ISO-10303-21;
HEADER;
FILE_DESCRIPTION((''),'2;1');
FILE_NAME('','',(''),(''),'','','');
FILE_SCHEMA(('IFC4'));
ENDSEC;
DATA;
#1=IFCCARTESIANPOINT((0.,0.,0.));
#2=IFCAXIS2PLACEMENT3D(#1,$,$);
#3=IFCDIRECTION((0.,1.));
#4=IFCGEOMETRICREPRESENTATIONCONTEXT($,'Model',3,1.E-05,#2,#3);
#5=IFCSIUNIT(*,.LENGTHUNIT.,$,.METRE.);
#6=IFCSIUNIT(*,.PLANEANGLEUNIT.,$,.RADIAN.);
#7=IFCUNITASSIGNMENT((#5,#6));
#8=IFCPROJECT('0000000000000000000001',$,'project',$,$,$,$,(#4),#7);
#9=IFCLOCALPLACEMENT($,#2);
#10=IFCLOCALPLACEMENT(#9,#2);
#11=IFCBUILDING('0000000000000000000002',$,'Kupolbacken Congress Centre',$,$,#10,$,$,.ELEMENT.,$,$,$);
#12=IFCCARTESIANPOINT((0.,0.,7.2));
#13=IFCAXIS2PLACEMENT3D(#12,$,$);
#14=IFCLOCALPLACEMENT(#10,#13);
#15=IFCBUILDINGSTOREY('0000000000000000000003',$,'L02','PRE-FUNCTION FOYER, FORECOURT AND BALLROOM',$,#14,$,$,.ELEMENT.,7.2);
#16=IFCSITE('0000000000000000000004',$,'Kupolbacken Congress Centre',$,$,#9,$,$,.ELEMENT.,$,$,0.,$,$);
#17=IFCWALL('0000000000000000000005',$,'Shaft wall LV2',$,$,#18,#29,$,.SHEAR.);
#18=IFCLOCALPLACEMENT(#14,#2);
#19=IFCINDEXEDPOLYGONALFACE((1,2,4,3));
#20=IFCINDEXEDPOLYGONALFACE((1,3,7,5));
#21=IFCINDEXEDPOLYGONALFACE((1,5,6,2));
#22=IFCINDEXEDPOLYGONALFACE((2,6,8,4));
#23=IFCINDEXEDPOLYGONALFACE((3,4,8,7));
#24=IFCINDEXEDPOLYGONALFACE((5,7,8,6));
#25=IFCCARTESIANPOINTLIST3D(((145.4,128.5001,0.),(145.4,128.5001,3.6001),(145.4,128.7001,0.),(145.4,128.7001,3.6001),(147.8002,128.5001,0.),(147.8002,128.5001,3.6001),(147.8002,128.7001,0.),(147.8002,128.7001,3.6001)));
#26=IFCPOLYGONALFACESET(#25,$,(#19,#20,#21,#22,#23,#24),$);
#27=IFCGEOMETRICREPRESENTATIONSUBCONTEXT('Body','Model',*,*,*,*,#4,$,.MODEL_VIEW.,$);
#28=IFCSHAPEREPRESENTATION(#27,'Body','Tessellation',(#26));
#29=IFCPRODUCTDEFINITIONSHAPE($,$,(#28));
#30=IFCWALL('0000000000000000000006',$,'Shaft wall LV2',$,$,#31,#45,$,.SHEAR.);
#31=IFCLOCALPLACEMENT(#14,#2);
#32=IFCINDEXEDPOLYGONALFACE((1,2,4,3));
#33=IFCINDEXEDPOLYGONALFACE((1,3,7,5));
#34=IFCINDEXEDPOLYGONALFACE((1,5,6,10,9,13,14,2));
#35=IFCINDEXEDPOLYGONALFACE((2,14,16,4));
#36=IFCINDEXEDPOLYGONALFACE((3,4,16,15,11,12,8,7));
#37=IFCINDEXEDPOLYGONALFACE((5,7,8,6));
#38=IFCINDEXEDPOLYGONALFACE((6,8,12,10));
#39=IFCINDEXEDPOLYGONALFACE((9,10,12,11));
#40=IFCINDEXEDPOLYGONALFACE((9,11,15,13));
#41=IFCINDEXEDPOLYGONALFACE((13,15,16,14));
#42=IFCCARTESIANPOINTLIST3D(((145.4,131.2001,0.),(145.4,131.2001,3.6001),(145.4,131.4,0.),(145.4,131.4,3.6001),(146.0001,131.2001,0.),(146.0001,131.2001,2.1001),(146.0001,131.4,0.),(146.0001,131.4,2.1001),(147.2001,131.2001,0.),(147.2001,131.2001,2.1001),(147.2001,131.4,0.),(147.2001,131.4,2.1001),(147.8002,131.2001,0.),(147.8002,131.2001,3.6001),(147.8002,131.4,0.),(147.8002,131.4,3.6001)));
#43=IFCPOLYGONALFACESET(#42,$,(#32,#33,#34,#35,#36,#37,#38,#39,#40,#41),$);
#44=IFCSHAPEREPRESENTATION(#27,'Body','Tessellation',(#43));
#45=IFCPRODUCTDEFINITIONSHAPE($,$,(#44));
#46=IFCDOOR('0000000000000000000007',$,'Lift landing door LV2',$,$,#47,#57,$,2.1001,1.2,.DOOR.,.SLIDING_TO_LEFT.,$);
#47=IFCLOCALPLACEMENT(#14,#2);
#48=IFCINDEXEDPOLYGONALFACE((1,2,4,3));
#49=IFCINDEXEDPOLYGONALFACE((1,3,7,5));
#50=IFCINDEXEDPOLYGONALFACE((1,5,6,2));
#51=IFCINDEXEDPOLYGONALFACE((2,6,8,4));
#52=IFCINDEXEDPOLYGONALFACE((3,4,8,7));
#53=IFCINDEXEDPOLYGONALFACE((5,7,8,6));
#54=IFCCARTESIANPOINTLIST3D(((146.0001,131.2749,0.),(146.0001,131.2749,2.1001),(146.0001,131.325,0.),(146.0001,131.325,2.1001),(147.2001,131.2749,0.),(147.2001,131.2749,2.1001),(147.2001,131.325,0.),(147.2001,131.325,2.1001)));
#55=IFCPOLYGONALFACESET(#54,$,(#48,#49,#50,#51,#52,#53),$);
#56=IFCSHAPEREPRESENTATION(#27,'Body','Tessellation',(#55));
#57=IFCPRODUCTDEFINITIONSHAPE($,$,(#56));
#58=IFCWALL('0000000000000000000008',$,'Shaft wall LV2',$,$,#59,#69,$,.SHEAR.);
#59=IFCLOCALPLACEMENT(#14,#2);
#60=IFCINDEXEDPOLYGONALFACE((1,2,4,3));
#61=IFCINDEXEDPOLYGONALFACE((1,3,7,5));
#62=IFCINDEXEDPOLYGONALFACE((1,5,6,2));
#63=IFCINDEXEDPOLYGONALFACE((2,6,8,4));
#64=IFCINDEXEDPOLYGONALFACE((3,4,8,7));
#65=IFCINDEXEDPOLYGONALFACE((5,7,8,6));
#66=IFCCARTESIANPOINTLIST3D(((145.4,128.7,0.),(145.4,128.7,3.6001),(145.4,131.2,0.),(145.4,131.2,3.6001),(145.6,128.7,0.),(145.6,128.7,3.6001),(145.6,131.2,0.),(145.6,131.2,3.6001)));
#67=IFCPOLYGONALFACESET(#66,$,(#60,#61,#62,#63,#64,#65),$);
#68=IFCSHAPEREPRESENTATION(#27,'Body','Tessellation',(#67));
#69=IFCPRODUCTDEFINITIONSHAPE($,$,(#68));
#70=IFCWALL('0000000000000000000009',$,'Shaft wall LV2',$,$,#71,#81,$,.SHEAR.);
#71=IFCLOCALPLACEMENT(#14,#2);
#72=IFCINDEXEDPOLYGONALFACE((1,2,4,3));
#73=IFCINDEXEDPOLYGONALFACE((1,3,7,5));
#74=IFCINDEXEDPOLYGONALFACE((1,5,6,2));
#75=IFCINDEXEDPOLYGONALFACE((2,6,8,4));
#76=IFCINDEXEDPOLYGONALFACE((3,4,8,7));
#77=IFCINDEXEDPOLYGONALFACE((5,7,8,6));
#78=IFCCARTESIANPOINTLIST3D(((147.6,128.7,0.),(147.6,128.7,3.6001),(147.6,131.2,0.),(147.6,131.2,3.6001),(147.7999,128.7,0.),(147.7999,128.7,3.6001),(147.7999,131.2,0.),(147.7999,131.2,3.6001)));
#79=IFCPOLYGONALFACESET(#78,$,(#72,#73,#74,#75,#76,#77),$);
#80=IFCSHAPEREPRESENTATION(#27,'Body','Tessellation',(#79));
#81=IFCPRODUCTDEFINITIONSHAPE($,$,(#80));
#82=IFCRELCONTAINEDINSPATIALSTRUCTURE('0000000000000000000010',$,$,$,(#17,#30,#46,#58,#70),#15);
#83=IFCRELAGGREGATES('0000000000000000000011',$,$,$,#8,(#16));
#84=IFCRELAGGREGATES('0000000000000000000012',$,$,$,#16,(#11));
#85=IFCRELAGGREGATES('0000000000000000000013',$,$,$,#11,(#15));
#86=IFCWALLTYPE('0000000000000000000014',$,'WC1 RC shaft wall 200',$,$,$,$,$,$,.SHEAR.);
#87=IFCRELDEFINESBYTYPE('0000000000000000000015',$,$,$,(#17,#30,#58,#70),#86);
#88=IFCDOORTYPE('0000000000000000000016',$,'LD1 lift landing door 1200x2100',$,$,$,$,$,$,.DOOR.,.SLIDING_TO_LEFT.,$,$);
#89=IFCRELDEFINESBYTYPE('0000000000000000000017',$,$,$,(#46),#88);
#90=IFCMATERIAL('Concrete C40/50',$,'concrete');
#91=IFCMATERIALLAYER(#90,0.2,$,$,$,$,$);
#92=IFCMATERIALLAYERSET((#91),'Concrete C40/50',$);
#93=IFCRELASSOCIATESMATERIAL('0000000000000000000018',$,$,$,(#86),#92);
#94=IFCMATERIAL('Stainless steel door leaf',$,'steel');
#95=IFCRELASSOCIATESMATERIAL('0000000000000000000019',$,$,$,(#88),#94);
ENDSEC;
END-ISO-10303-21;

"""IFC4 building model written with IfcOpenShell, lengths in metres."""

from ifc_helpers import new_model, si_unit, direction, frame, frame_2d, origin, place, context, subcontext, project, spatial, rectangle, extrude, material, layer, layer_set, type_object, element, fill, save


model = new_model("IFC4")

# Units and contexts
model_context = context("Model", 3, precision=1e-05, world=origin(), true_north=direction((0.0, 1.0)))
body_context = subcontext(model_context, "Body", "Model", "MODEL_VIEW")
ifc_project = project(units=[si_unit("LENGTHUNIT", "METRE"), si_unit("PLANEANGLEUNIT", "RADIAN")], contexts=[model_context])

# Site, building, storey
site_placement = place(None, origin())
site = spatial("IfcSite", under=ifc_project, at=site_placement, Name="Kupolbacken Congress Centre", CompositionType="ELEMENT", RefElevation=0.0)
building_placement = place(site_placement, origin())
building = spatial("IfcBuilding", under=site, at=building_placement, Name="Kupolbacken Congress Centre", CompositionType="ELEMENT")
storey_placement = place(building_placement, frame((0.0, 0.0, 7.2)))
storey = spatial("IfcBuildingStorey", under=building, at=storey_placement, Name="L02", Description="PRE-FUNCTION FOYER, FORECOURT AND BALLROOM", CompositionType="ELEMENT", Elevation=7.2)

# Shared definitions
ifc_material_1 = material(Name="Concrete C40/50", Category="concrete")
ifc_layer_1 = layer(ifc_material_1, 0.2)
ifc_layer_set_1 = layer_set([ifc_layer_1], Name="Concrete C40/50")
wall_type = type_object("IfcWallType", Name="WC1 RC shaft wall 200", PredefinedType="SHEAR", material=ifc_layer_set_1)

# Wall
wall_1_placement = place(storey_placement, frame((145.3999, 128.6001, 0.0), z_axis=(0.0, 0.0, 1.0), x_axis=(1.0, 0.0, 0.0)))
element("IfcWall", 1, at=wall_1_placement, inside=storey, type_object=wall_type, Name="Shaft wall LV2", PredefinedType="SHEAR", context=body_context, shape_type="SweptSolid", body=[
    extrude(rectangle(XDim=2.4001, YDim=0.2, at=frame_2d((1.2002, 0.0))), origin(), (0.0, 0.0, 1.0), 3.6001),
])

# Wall, opening, door
wall_2_placement = place(storey_placement, frame((145.3999, 131.3, 0.0), z_axis=(0.0, 0.0, 1.0), x_axis=(1.0, 0.0, 0.0)))
wall_2 = element("IfcWall", 2, at=wall_2_placement, inside=storey, type_object=wall_type, Name="Shaft wall LV2", PredefinedType="SHEAR", context=body_context, shape_type="SweptSolid", body=[
    extrude(rectangle(XDim=2.4001, YDim=0.2, at=frame_2d((1.2002, 0.0))), origin(), (0.0, 0.0, 1.0), 3.6001),
])
opening_1_placement = place(wall_2_placement, frame((0.6001, 0.0, 0.0)))
opening_1 = element("IfcOpeningElement", 3, at=opening_1_placement, cuts=wall_2, PredefinedType="OPENING", context=body_context, shape_type="SweptSolid", body=[
    extrude(rectangle(XDim=1.2, YDim=2.1001, at=frame_2d((0.6001, 1.05))), frame((0.0, 0.1099, 0.0), z_axis=(0.0, -1.0, 0.0), x_axis=(1.0, 0.0, 0.0)), (0.0, 0.0, 1.0), 0.22),
])
ifc_material_2 = material(Name="Stainless steel door leaf", Category="steel")
door_type_1 = type_object("IfcDoorType", Name="LD1 lift landing door 1200x2100", OperationType="SLIDING_TO_LEFT", PredefinedType="DOOR", material=ifc_material_2)
door_1_placement = place(opening_1_placement, origin())
door_1 = element("IfcDoor", 4, at=door_1_placement, inside=storey, type_object=door_type_1, Name="Lift landing door LV2", OperationType="SLIDING_TO_LEFT", OverallHeight=2.1001, OverallWidth=1.2, PredefinedType="DOOR", context=body_context, shape_type="SweptSolid", body=[
    extrude(rectangle(XDim=1.2, YDim=2.1001, at=frame_2d((0.6001, 1.05))), frame((0.0, 0.0249, 0.0), z_axis=(0.0, -1.0, 0.0), x_axis=(1.0, 0.0, 0.0)), (0.0, 0.0, 1.0), 0.05),
])
fill(opening_1, door_1)

# Walls
for number, where, z_axis, x_axis, name in (
    (5, (145.5, 128.7, 0.0), (0.0, 0.0, 1.0), (0.0, 1.0, 0.0), "Shaft wall LV2"),
    (6, (147.7, 128.7, 0.0), (0.0, 0.0, 1.0), (0.0, 1.0, 0.0), "Shaft wall LV2"),
):
    element("IfcWall", number, at=place(storey_placement, frame(where, z_axis=z_axis, x_axis=x_axis)), inside=storey, type_object=wall_type, Name=name, PredefinedType="SHEAR", context=body_context, shape_type="SweptSolid", body=[
        extrude(rectangle(XDim=2.5, YDim=0.2, at=frame_2d((1.25, 0.0))), origin(), (0.0, 0.0, 1.0), 3.6001),
    ])

save(model, "model.ifc")
